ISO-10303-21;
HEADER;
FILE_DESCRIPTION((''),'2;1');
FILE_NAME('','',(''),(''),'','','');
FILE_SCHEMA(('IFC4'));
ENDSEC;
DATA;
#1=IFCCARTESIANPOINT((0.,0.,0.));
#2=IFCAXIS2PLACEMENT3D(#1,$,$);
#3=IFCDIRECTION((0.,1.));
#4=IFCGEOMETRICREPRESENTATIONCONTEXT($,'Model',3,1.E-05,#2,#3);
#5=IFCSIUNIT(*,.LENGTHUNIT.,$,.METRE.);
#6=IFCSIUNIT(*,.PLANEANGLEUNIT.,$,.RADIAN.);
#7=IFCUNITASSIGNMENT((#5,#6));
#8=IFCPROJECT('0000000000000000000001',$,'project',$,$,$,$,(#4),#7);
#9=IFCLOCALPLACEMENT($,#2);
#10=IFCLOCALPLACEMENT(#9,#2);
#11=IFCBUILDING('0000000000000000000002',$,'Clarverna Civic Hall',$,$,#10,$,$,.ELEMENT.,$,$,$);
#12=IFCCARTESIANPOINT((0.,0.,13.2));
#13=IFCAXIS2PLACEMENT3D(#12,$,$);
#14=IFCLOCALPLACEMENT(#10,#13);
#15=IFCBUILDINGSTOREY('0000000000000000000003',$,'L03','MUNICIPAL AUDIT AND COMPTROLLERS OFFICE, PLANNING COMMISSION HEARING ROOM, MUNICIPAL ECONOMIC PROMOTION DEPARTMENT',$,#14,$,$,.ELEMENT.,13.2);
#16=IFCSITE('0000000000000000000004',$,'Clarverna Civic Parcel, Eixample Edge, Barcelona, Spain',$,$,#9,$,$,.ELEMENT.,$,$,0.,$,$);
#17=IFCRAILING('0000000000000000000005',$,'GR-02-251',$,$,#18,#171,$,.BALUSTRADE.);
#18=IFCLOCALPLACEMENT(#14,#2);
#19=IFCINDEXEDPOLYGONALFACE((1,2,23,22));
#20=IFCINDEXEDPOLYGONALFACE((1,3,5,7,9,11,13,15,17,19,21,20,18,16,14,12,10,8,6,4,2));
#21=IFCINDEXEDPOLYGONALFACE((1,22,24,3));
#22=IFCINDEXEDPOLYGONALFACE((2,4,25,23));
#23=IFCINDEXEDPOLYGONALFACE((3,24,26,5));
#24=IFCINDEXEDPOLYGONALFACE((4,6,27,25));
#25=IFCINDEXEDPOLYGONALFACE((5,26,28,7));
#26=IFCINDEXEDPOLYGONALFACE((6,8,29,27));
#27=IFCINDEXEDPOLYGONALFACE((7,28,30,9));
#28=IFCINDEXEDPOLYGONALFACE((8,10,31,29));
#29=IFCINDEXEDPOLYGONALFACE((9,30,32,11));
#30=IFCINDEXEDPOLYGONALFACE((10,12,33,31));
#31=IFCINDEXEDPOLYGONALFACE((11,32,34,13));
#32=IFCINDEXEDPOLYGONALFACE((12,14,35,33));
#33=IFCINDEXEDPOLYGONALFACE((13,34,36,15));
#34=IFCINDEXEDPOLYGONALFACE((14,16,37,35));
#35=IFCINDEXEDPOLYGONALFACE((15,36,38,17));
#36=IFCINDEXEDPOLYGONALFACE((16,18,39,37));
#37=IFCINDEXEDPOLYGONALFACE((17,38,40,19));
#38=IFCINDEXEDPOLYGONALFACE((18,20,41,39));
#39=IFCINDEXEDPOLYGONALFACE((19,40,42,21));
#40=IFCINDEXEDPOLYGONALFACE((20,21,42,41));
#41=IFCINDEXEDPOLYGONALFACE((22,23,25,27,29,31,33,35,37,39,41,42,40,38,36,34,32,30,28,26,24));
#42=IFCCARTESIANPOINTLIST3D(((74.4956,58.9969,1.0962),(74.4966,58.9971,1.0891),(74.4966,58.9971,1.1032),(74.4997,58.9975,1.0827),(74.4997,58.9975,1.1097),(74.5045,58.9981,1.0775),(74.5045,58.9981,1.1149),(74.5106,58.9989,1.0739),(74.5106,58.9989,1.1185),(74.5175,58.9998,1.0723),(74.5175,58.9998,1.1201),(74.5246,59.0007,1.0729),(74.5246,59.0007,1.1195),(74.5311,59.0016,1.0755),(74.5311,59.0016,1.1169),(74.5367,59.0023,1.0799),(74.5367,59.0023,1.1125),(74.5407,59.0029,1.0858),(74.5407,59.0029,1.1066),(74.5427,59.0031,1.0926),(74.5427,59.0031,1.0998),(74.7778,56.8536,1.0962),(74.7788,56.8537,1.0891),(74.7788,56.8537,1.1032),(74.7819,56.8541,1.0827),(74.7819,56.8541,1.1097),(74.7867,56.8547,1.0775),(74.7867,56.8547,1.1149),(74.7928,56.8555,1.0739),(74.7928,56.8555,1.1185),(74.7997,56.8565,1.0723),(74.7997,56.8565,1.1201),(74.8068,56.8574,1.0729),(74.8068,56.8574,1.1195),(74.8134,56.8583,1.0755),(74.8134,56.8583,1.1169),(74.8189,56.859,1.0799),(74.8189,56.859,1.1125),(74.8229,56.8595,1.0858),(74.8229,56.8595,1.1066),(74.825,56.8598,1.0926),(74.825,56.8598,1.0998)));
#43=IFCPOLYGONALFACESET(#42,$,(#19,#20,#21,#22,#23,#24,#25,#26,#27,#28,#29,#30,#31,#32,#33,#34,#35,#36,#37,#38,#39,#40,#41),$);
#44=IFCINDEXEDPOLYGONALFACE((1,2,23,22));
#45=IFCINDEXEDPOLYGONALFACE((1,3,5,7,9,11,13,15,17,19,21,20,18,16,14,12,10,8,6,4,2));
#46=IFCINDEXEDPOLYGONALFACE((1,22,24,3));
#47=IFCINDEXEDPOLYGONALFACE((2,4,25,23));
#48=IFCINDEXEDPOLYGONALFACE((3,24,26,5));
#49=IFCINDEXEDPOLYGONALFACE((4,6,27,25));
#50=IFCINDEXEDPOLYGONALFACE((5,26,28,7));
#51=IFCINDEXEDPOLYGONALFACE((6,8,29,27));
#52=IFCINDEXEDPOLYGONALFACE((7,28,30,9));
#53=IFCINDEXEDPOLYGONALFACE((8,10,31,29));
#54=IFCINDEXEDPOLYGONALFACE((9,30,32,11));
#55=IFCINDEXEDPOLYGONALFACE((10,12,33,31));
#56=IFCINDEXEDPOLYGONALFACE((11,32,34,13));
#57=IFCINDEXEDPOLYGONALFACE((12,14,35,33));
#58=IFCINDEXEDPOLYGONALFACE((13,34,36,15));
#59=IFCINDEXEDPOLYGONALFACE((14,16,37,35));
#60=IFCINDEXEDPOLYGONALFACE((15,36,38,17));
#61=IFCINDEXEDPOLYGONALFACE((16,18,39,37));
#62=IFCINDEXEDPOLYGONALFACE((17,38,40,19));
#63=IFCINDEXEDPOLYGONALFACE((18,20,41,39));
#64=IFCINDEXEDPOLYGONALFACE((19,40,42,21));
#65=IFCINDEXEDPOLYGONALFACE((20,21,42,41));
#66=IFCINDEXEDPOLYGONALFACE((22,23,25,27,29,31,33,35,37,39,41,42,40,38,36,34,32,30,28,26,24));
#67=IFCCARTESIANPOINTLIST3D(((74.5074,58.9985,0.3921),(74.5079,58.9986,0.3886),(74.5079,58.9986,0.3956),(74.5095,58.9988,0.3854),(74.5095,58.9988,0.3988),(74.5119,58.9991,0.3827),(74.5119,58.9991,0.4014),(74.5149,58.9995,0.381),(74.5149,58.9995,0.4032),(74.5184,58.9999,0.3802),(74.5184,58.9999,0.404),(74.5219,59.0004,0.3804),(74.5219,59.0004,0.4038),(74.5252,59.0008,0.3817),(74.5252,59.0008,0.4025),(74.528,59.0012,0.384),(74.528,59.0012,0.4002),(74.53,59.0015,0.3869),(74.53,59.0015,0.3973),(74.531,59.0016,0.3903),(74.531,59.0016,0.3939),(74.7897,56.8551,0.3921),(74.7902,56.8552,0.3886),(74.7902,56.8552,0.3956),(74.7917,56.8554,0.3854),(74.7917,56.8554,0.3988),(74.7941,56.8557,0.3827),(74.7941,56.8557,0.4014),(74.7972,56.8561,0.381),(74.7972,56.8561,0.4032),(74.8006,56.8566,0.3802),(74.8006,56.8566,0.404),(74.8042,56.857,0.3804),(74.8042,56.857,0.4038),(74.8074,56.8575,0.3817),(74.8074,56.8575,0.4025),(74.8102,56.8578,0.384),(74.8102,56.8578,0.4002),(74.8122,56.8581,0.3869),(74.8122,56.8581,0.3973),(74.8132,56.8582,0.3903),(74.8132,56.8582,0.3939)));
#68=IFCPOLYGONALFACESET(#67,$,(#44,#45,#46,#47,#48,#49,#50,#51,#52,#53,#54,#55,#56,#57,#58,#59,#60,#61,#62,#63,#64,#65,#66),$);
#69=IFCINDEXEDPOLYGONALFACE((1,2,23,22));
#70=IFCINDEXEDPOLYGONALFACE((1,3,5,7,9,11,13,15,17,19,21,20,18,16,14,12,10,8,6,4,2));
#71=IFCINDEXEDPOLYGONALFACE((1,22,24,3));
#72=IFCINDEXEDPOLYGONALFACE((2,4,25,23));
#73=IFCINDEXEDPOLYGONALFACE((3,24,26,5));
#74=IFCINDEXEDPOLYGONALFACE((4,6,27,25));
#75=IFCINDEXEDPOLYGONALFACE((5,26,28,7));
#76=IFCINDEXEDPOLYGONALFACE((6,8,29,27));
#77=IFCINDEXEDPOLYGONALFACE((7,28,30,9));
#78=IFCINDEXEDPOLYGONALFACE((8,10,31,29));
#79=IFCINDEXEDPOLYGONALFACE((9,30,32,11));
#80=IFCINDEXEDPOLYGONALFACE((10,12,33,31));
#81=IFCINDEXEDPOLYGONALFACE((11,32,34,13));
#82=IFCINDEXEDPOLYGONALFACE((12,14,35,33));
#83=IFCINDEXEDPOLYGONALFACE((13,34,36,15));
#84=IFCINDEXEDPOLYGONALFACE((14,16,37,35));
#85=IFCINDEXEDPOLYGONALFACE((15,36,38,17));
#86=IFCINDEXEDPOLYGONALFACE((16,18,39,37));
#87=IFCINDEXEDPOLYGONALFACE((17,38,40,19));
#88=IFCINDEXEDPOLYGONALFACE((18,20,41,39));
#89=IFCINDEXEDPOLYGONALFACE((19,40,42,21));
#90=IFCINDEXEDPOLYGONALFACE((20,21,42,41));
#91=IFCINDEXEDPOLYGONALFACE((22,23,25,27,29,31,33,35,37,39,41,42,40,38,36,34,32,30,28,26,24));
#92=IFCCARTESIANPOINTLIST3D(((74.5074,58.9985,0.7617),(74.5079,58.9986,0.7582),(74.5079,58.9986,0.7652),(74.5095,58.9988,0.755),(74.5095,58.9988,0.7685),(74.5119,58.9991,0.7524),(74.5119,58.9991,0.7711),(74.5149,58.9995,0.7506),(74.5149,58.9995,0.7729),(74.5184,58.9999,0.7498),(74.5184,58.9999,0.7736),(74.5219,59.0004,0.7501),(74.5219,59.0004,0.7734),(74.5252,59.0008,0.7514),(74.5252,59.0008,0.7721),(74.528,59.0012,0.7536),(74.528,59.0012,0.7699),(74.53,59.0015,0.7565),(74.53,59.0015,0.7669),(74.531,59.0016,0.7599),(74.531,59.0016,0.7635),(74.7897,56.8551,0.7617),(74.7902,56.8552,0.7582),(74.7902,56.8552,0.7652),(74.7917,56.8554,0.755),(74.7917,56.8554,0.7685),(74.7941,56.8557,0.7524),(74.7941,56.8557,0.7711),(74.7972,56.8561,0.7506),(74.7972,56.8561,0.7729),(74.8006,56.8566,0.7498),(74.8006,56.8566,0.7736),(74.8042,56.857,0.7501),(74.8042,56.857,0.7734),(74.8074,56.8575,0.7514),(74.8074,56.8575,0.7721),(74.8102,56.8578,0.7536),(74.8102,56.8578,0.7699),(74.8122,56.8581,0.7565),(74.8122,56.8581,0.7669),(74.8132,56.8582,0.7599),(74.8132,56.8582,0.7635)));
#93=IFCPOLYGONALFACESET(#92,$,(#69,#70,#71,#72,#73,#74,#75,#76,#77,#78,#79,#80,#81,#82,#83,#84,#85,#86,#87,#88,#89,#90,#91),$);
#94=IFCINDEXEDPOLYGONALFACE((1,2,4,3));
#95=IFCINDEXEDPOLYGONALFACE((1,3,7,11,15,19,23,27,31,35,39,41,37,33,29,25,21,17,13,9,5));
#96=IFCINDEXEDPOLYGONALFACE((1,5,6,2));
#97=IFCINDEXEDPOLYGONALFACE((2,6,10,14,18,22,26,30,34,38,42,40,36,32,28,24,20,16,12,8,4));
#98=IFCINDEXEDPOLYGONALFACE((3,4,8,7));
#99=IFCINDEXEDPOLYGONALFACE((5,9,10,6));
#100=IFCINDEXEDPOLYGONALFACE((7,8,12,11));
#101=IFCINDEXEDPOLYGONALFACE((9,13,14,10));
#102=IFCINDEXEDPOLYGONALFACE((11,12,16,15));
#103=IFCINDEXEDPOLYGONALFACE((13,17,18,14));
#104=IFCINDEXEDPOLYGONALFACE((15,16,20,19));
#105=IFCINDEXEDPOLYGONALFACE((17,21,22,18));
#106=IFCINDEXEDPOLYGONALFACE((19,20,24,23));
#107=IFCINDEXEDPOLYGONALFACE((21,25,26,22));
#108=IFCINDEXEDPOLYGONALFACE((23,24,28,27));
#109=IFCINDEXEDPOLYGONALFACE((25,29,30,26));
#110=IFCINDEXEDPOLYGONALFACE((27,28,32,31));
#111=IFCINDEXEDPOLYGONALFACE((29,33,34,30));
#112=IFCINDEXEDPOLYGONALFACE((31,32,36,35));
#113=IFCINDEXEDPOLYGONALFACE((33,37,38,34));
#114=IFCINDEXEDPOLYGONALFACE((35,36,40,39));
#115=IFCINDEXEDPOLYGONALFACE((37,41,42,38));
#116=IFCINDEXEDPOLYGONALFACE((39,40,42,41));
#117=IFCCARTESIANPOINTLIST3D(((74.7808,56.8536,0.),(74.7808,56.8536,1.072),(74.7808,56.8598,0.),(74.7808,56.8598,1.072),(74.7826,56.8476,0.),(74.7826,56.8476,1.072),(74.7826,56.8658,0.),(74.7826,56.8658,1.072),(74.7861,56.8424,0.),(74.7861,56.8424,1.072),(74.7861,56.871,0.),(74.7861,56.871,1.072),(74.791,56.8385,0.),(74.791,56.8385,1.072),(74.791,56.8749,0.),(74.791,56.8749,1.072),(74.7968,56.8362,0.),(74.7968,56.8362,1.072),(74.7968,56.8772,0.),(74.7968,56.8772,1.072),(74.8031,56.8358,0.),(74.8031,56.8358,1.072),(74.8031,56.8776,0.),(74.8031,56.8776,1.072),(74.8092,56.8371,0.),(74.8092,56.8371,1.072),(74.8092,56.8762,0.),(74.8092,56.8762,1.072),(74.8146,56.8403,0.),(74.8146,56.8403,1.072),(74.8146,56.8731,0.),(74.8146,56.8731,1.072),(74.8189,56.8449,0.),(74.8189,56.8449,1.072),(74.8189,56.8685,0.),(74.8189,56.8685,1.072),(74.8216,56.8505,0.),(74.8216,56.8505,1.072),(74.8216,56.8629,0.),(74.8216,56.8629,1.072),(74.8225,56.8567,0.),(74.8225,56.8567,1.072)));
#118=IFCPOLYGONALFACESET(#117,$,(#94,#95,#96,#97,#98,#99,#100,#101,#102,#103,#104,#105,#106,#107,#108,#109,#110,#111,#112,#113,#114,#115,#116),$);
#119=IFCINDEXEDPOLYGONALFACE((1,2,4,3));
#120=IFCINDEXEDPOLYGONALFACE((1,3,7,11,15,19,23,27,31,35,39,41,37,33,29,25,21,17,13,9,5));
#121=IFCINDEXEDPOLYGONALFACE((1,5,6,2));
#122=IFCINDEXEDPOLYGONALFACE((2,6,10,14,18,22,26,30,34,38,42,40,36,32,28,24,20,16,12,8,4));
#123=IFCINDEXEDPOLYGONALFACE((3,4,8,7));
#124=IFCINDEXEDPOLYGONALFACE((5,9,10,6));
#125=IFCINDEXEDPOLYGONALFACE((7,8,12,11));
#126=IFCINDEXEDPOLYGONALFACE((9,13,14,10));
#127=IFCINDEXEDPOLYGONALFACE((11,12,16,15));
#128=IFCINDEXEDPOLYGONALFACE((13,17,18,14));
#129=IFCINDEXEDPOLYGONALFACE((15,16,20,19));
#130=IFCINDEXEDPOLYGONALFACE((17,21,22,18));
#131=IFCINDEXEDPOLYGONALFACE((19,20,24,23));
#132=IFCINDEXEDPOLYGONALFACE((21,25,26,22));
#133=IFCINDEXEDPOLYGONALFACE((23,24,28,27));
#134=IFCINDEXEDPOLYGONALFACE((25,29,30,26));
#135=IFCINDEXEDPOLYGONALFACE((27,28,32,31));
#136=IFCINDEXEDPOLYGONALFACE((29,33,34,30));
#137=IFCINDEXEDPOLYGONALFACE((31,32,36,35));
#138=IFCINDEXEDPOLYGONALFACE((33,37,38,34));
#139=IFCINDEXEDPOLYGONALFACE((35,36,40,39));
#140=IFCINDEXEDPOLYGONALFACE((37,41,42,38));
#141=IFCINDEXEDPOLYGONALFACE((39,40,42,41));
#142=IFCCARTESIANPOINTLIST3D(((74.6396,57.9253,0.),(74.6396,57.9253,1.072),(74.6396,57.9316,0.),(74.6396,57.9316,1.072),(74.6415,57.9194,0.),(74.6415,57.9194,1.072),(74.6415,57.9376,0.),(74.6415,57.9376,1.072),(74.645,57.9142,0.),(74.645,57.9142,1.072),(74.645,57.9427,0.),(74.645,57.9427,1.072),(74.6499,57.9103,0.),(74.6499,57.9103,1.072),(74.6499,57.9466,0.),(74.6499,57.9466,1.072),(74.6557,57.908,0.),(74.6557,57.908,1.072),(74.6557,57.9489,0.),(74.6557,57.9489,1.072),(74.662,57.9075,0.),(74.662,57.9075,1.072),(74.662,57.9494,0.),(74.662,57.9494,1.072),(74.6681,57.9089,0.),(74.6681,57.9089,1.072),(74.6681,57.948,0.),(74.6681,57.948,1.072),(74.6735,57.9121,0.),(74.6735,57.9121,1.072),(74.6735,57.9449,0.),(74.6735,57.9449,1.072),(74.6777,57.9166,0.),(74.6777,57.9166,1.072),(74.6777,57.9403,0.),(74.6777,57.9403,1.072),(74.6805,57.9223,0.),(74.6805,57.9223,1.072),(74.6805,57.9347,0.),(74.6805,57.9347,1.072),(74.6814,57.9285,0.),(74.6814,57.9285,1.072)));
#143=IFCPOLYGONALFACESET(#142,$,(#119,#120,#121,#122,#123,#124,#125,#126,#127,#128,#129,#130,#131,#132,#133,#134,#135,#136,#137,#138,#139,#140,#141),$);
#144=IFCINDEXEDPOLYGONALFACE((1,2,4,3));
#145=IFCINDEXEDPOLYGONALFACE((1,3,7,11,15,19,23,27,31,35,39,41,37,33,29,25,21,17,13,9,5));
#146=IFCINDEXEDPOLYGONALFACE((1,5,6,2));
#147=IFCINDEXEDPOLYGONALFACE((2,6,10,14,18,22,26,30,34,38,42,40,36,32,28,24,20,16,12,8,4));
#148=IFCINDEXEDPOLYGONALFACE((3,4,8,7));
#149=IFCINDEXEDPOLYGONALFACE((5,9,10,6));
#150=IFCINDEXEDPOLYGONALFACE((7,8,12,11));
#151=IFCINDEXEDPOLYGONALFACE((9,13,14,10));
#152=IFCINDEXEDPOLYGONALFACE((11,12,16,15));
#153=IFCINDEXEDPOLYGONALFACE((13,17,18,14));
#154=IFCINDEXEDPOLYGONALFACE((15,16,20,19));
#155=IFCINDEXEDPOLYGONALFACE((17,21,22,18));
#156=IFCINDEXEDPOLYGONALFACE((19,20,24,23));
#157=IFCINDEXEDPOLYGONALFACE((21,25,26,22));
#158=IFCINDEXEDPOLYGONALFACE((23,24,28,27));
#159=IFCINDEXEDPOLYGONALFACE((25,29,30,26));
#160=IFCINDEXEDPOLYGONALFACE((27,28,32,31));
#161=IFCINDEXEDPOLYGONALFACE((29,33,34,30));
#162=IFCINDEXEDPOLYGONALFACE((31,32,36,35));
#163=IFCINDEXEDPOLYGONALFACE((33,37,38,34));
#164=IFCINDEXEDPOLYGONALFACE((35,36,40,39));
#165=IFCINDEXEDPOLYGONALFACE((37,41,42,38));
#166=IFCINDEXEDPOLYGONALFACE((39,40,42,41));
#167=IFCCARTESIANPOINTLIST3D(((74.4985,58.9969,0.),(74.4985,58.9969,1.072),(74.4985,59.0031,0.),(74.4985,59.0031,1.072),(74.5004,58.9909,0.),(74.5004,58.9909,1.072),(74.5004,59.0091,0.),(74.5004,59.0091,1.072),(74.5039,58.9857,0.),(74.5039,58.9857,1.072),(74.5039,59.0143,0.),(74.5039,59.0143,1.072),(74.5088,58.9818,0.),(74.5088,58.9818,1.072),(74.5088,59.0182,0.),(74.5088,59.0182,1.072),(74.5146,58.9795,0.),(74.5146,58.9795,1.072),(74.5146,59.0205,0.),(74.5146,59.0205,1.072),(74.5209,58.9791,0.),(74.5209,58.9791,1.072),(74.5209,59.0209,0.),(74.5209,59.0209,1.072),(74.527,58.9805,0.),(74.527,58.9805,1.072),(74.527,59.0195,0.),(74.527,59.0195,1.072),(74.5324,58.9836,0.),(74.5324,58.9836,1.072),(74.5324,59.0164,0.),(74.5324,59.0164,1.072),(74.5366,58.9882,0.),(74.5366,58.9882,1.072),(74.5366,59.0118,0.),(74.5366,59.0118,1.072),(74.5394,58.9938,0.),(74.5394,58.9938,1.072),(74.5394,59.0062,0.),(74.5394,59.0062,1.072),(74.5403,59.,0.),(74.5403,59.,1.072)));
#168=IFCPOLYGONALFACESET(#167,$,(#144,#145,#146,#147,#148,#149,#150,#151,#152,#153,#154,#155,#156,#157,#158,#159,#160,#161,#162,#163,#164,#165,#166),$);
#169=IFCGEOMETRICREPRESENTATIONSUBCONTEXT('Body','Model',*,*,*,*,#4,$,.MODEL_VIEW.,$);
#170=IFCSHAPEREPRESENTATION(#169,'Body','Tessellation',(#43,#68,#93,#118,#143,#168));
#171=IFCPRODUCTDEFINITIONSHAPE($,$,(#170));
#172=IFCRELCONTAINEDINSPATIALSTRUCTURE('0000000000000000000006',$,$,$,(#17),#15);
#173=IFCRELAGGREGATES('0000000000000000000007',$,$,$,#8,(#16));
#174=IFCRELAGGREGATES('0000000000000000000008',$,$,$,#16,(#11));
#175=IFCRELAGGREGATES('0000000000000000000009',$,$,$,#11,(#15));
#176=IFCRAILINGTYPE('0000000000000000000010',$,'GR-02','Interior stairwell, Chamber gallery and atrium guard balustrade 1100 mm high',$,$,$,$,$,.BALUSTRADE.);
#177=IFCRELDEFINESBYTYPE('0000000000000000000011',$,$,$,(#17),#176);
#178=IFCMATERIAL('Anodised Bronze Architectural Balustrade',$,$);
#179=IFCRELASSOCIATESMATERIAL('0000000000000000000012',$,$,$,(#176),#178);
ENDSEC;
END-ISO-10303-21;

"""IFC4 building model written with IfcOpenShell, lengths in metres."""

from ifc_helpers import new_model, si_unit, direction, frame, origin, origin_2d, place, context, subcontext, project, spatial, circle, extrude, material, type_object, element, save


model = new_model("IFC4")

# Units and contexts
model_context = context("Model", 3, precision=1e-05, world=origin(), true_north=direction((0.0, 1.0)))
body_context = subcontext(model_context, "Body", "Model", "MODEL_VIEW")
ifc_project = project(units=[si_unit("LENGTHUNIT", "METRE"), si_unit("PLANEANGLEUNIT", "RADIAN")], contexts=[model_context])

# Site, building, storey
site_placement = place(None, origin())
site = spatial("IfcSite", under=ifc_project, at=site_placement, Name="Clarverna Civic Parcel, Eixample Edge, Barcelona, Spain", CompositionType="ELEMENT", RefElevation=0.0)
building_placement = place(site_placement, origin())
building = spatial("IfcBuilding", under=site, at=building_placement, Name="Clarverna Civic Hall", CompositionType="ELEMENT")
storey_placement = place(building_placement, frame((0.0, 0.0, 13.2)))
storey = spatial("IfcBuildingStorey", under=building, at=storey_placement, Name="L03", Description="MUNICIPAL AUDIT AND COMPTROLLERS OFFICE, PLANNING COMMISSION HEARING ROOM, MUNICIPAL ECONOMIC PROMOTION DEPARTMENT", CompositionType="ELEMENT", Elevation=13.2)

# Railing
ifc_material_1 = material(Name="Anodised Bronze Architectural Balustrade")
railing_type_1 = type_object("IfcRailingType", Name="GR-02", Description="Interior stairwell, Chamber gallery and atrium guard balustrade 1100 mm high", PredefinedType="BALUSTRADE", material=ifc_material_1)
railing_1_placement = place(storey_placement, frame((74.8015, 56.8567, 0.0)))
element("IfcRailing", 1, at=railing_1_placement, inside=storey, type_object=railing_type_1, Name="GR-02-251", PredefinedType="BALUSTRADE", context=body_context, shape_type="SweptSolid", body=[
    extrude(circle(Radius=0.0239, at=origin_2d()), frame((0.0, 0.0, 1.0962), z_axis=(-0.130551, 0.991442, 0.0), x_axis=(-0.991442, -0.130551, 0.0)), (0.0, 0.0, 1.0), 2.1619),
    extrude(circle(Radius=0.012, at=origin_2d()), frame((0.0, 0.0, 0.3921), z_axis=(-0.130551, 0.991442, 0.0), x_axis=(-0.991442, -0.130551, 0.0)), (0.0, 0.0, 1.0), 2.1619),
    extrude(circle(Radius=0.012, at=origin_2d()), frame((0.0, 0.0, 0.7617), z_axis=(-0.130551, 0.991442, 0.0), x_axis=(-0.991442, -0.130551, 0.0)), (0.0, 0.0, 1.0), 2.1619),
    extrude(circle(Radius=0.021, at=origin_2d()), origin(), (0.0, 0.0, 1.0), 1.072),
    extrude(circle(Radius=0.021, at=origin_2d()), frame((-0.1411, 1.0718, 0.0)), (0.0, 0.0, 1.0), 1.072),
    extrude(circle(Radius=0.021, at=origin_2d()), frame((-0.2822, 2.1433, 0.0)), (0.0, 0.0, 1.0), 1.072),
])

save(model, "model.ifc")
